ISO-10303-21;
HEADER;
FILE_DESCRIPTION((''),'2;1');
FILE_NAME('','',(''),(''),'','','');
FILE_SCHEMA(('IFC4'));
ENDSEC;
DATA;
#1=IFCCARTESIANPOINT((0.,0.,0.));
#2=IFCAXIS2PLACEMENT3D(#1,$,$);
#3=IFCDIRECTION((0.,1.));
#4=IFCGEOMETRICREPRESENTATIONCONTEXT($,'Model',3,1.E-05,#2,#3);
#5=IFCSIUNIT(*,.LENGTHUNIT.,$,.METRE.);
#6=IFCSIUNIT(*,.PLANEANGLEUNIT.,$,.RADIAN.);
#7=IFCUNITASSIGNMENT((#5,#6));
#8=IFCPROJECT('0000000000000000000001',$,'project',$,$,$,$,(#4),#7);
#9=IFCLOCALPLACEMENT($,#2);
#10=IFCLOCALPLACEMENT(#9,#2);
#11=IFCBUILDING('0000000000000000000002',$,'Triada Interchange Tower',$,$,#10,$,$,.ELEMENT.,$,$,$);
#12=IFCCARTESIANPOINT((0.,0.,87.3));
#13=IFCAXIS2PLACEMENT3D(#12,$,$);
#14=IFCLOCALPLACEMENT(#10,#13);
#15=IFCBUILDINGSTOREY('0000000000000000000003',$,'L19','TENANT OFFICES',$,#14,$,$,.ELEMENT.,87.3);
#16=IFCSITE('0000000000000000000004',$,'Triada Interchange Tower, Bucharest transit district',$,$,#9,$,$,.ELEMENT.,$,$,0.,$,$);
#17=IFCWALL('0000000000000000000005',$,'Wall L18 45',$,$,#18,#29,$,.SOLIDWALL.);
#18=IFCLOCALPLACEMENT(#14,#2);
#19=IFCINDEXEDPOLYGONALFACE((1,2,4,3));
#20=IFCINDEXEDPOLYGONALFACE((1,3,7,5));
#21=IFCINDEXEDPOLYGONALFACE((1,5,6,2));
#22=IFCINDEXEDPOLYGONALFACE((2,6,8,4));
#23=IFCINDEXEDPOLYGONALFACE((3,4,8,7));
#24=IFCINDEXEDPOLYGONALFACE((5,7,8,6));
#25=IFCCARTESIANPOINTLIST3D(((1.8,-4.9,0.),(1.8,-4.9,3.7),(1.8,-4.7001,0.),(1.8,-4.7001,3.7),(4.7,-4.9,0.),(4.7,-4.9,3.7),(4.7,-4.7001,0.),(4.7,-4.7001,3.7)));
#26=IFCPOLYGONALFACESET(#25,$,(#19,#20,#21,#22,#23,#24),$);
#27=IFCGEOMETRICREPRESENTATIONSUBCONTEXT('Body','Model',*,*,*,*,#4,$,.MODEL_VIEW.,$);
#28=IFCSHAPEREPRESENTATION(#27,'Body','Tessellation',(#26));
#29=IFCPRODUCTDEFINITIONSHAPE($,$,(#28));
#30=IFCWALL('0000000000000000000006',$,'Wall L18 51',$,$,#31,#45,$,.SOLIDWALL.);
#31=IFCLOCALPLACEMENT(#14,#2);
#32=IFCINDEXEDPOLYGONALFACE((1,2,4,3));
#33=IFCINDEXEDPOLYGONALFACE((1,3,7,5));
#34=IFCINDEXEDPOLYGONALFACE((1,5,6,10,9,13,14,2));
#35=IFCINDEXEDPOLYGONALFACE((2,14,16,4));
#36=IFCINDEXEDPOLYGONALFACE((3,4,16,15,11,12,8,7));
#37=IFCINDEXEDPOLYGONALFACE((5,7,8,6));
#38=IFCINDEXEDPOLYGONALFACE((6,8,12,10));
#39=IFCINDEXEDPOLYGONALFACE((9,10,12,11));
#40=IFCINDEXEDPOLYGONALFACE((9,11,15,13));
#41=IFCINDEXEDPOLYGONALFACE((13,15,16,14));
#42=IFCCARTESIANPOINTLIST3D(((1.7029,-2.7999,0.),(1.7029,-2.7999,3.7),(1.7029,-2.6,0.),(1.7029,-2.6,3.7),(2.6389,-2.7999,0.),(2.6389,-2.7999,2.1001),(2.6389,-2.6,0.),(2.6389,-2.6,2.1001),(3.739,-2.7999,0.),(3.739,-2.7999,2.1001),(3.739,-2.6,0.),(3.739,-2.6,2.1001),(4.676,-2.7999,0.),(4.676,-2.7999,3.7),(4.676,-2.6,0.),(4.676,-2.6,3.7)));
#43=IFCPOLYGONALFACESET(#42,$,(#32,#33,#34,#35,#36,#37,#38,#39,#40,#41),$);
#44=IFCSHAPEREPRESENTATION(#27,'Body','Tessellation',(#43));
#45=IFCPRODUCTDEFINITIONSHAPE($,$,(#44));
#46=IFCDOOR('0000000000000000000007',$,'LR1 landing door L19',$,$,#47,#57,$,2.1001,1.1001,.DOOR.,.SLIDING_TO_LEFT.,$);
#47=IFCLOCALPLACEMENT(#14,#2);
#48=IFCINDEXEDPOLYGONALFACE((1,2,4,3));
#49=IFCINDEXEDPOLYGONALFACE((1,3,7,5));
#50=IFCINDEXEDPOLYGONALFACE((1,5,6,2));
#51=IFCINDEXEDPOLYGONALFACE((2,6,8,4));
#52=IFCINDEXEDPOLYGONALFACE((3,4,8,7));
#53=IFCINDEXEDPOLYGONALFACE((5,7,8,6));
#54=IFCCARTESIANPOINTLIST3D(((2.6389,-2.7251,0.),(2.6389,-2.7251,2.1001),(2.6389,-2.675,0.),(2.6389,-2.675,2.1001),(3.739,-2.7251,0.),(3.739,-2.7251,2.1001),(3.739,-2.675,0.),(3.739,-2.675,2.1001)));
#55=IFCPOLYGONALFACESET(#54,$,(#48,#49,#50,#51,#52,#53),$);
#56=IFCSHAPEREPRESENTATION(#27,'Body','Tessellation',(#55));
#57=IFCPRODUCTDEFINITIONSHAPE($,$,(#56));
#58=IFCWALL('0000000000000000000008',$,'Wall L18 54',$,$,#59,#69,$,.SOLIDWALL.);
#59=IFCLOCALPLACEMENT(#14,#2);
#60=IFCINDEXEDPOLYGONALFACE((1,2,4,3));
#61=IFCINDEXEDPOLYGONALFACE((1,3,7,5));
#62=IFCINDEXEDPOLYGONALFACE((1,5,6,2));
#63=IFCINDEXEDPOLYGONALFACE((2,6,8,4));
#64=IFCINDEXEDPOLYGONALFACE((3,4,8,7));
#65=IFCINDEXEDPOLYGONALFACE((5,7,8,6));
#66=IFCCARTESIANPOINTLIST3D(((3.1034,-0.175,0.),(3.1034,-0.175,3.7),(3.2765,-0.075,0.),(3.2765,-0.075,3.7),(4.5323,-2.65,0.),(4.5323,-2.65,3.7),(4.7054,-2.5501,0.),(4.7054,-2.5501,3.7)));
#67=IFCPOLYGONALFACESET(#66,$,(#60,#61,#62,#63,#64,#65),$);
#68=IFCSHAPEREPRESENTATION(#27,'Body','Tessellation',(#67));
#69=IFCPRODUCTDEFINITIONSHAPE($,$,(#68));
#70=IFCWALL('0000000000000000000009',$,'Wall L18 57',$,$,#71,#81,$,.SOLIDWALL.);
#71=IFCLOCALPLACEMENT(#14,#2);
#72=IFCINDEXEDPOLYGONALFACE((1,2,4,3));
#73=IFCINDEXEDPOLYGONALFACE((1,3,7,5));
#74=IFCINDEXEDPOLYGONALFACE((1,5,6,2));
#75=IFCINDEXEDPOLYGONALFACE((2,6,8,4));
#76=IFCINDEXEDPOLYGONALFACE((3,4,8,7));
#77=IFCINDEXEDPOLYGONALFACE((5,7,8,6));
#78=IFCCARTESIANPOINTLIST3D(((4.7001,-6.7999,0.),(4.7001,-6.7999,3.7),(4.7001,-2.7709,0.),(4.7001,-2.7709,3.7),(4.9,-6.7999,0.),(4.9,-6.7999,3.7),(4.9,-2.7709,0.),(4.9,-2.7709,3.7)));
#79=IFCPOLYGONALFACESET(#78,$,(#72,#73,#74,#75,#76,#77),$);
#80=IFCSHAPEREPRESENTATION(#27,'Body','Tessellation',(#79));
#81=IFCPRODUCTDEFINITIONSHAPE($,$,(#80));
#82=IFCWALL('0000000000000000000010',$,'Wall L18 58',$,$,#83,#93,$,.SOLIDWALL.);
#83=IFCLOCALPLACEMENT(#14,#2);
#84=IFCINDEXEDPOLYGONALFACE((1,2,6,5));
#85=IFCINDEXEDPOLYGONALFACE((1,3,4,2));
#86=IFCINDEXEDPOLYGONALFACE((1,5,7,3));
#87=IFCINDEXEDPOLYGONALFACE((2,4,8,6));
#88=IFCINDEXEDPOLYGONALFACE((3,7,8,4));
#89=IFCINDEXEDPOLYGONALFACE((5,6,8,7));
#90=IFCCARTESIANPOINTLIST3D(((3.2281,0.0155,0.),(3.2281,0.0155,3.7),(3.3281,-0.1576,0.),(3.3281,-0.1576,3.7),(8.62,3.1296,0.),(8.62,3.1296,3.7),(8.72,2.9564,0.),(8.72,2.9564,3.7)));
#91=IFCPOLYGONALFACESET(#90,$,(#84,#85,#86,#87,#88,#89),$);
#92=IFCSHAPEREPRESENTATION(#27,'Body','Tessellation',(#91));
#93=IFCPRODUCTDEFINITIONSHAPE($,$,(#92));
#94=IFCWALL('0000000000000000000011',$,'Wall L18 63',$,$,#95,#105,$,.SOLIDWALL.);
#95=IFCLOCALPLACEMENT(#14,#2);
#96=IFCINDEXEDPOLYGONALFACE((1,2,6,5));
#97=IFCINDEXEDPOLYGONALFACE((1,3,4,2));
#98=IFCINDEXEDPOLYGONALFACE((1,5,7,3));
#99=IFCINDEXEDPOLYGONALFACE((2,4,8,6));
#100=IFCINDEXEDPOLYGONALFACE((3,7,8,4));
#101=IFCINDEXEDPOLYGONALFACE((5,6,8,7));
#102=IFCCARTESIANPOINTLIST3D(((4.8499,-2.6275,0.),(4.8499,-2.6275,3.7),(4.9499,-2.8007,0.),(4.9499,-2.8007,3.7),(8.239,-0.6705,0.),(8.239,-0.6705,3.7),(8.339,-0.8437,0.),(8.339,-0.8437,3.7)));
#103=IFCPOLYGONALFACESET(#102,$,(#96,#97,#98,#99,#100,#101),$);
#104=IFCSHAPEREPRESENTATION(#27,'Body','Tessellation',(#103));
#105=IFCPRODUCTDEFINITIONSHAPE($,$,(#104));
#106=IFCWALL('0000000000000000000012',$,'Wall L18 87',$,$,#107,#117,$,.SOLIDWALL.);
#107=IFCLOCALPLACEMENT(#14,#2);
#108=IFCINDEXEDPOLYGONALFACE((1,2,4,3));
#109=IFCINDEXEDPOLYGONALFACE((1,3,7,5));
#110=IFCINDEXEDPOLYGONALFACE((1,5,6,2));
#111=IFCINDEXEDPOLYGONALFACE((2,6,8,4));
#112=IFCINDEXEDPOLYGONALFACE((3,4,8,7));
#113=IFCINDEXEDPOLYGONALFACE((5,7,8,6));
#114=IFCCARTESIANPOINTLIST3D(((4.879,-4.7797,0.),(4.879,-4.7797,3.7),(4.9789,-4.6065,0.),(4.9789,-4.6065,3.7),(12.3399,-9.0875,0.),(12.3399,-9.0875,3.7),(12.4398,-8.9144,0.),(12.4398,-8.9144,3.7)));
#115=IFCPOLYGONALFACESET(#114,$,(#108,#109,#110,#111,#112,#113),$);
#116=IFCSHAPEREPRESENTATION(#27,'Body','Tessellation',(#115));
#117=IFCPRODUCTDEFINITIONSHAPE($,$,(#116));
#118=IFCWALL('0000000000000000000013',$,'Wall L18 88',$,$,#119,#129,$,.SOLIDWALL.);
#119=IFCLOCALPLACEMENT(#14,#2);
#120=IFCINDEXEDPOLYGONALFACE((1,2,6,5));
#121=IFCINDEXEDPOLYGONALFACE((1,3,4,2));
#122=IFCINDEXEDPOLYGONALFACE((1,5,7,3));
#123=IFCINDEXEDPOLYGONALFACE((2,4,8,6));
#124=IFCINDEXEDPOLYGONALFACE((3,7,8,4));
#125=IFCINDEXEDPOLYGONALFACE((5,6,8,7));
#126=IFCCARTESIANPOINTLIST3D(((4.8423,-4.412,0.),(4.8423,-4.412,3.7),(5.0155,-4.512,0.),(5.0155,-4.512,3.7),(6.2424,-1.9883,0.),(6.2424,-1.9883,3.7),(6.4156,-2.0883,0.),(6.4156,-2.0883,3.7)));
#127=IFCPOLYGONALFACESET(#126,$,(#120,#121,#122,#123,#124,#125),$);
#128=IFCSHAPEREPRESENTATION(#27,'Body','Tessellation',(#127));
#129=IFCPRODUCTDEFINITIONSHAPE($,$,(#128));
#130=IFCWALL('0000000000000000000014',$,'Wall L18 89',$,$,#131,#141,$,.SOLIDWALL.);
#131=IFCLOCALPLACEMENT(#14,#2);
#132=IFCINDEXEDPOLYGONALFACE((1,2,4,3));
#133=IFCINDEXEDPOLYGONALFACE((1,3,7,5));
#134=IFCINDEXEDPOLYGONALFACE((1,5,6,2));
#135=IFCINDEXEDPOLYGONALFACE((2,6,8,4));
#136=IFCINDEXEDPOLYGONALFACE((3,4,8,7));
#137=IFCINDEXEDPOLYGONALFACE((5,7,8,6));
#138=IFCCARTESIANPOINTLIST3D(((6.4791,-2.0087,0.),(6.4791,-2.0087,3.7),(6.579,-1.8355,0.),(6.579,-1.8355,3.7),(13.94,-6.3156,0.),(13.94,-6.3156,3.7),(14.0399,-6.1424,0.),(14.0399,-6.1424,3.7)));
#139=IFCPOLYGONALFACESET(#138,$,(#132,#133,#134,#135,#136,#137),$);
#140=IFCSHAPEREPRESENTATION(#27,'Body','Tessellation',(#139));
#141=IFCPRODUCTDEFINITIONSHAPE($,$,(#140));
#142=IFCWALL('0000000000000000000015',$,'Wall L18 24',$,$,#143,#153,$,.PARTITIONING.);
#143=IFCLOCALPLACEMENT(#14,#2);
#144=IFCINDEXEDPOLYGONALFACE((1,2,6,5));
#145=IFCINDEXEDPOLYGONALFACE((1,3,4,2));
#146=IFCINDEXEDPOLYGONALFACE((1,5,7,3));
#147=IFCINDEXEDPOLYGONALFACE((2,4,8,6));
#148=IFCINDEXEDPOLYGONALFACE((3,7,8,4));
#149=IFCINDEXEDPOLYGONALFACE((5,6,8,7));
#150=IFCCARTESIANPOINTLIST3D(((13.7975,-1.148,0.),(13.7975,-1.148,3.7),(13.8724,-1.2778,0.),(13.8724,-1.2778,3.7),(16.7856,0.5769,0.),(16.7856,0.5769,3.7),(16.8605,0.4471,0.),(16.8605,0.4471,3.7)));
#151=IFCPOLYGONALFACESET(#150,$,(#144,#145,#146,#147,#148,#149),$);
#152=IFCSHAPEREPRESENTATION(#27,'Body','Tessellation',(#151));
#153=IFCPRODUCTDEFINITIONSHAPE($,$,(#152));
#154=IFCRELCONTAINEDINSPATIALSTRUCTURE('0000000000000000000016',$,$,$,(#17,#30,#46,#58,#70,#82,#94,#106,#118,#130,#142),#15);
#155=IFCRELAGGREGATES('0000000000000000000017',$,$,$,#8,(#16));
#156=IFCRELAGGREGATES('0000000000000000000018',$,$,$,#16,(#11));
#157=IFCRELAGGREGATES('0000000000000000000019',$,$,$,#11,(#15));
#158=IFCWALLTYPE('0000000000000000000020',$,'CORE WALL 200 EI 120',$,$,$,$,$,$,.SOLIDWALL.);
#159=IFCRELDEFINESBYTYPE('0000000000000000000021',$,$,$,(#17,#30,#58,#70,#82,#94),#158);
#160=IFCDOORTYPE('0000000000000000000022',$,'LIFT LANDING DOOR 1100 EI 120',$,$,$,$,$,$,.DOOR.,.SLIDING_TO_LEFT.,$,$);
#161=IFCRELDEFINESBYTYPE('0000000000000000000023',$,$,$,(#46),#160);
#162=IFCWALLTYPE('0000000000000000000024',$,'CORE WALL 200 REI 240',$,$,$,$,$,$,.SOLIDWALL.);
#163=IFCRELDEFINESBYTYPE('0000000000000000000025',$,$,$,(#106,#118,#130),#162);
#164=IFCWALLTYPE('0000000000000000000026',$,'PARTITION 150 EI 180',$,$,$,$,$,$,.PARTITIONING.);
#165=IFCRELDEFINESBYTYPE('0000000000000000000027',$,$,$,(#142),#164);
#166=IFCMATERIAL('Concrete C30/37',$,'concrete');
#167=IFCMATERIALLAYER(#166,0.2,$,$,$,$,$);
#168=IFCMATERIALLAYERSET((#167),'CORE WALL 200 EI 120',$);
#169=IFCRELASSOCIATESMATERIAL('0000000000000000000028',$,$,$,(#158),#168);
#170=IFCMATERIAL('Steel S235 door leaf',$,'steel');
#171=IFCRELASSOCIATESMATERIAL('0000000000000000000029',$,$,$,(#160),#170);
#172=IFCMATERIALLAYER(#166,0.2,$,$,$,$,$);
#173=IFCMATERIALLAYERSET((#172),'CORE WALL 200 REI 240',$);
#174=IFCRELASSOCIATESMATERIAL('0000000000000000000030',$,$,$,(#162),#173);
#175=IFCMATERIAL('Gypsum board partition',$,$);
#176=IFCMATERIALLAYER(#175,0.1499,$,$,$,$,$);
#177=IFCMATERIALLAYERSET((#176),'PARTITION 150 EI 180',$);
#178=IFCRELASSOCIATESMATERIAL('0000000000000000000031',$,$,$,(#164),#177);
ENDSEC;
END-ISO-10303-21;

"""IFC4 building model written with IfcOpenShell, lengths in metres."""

from ifc_helpers import new_model, si_unit, direction, frame, frame_2d, origin, place, context, subcontext, project, spatial, rectangle, extrude, material, layer, layer_set, type_object, element, fill, save


model = new_model("IFC4")

# Units and contexts
model_context = context("Model", 3, precision=1e-05, world=origin(), true_north=direction((0.0, 1.0)))
body_context = subcontext(model_context, "Body", "Model", "MODEL_VIEW")
ifc_project = project(units=[si_unit("LENGTHUNIT", "METRE"), si_unit("PLANEANGLEUNIT", "RADIAN")], contexts=[model_context])

# Site, building, storey
site_placement = place(None, origin())
site = spatial("IfcSite", under=ifc_project, at=site_placement, Name="Triada Interchange Tower, Bucharest transit district", CompositionType="ELEMENT", RefElevation=0.0)
building_placement = place(site_placement, origin())
building = spatial("IfcBuilding", under=site, at=building_placement, Name="Triada Interchange Tower", CompositionType="ELEMENT")
storey_placement = place(building_placement, frame((0.0, 0.0, 87.3)))
storey = spatial("IfcBuildingStorey", under=building, at=storey_placement, Name="L19", Description="TENANT OFFICES", CompositionType="ELEMENT", Elevation=87.3)

# Wall
ifc_material_1 = material(Name="Concrete C30/37", Category="concrete")
ifc_layer_1 = layer(ifc_material_1, 0.2)
ifc_layer_set_1 = layer_set([ifc_layer_1], Name="CORE WALL 200 EI 120")
wall_type_1 = type_object("IfcWallType", Name="CORE WALL 200 EI 120", PredefinedType="SOLIDWALL", material=ifc_layer_set_1)
wall_1_placement = place(storey_placement, frame((1.8, -4.8, 0.0), z_axis=(0.0, 0.0, 1.0), x_axis=(1.0, 0.0, 0.0)))
element("IfcWall", 1, at=wall_1_placement, inside=storey, type_object=wall_type_1, Name="Wall L18 45", PredefinedType="SOLIDWALL", context=body_context, shape_type="SweptSolid", body=[
    extrude(rectangle(XDim=2.8999, YDim=0.2, at=frame_2d((1.45, 0.0))), origin(), (0.0, 0.0, 1.0), 3.7),
])

# Wall, opening, door
wall_2_placement = place(storey_placement, frame((1.7029, -2.7, 0.0), z_axis=(0.0, 0.0, 1.0), x_axis=(1.0, 0.0, 0.0)))
wall_2 = element("IfcWall", 2, at=wall_2_placement, inside=storey, type_object=wall_type_1, Name="Wall L18 51", PredefinedType="SOLIDWALL", context=body_context, shape_type="SweptSolid", body=[
    extrude(rectangle(XDim=2.9731, YDim=0.2, at=frame_2d((1.4866, 0.0))), origin(), (0.0, 0.0, 1.0), 3.7),
])
opening_1_placement = place(wall_2_placement, frame((0.936, 0.0, 0.0)))
opening_1 = element("IfcOpeningElement", 3, at=opening_1_placement, cuts=wall_2, PredefinedType="OPENING", context=body_context, shape_type="SweptSolid", body=[
    extrude(rectangle(XDim=1.1001, YDim=2.1001, at=frame_2d((0.55, 1.05))), frame((0.0, 0.1099, 0.0), z_axis=(0.0, -1.0, 0.0), x_axis=(1.0, 0.0, 0.0)), (0.0, 0.0, 1.0), 0.22),
])
ifc_material_2 = material(Name="Steel S235 door leaf", Category="steel")
door_type_1 = type_object("IfcDoorType", Name="LIFT LANDING DOOR 1100 EI 120", OperationType="SLIDING_TO_LEFT", PredefinedType="DOOR", material=ifc_material_2)
door_1_placement = place(opening_1_placement, origin())
door_1 = element("IfcDoor", 4, at=door_1_placement, inside=storey, type_object=door_type_1, Name="LR1 landing door L19", OperationType="SLIDING_TO_LEFT", OverallHeight=2.1001, OverallWidth=1.1001, PredefinedType="DOOR", context=body_context, shape_type="SweptSolid", body=[
    extrude(rectangle(XDim=1.1001, YDim=2.1001, at=frame_2d((0.55, 1.05))), frame((0.0, 0.0249, 0.0), z_axis=(0.0, -1.0, 0.0), x_axis=(1.0, 0.0, 0.0)), (0.0, 0.0, 1.0), 0.05),
])
fill(opening_1, door_1)

# Walls
wall_3_placement = place(storey_placement, frame((3.1899, -0.125, 0.0), z_axis=(0.0, 0.0, 1.0), x_axis=(0.499989, -0.866032, 0.0)))
element("IfcWall", 5, at=wall_3_placement, inside=storey, type_object=wall_type_1, Name="Wall L18 54", PredefinedType="SOLIDWALL", context=body_context, shape_type="SweptSolid", body=[
    extrude(rectangle(XDim=2.8579, YDim=0.2, at=frame_2d((1.429, 0.0))), origin(), (0.0, 0.0, 1.0), 3.7),
])
wall_4_placement = place(storey_placement, frame((4.8, -6.8, 0.0), z_axis=(0.0, 0.0, 1.0), x_axis=(0.0, 1.0, 0.0)))
element("IfcWall", 6, at=wall_4_placement, inside=storey, type_object=wall_type_1, Name="Wall L18 57", PredefinedType="SOLIDWALL", context=body_context, shape_type="SweptSolid", body=[
    extrude(rectangle(XDim=4.0291, YDim=0.2, at=frame_2d((2.0146, 0.0))), origin(), (0.0, 0.0, 1.0), 3.7),
])
wall_5_placement = place(storey_placement, frame((3.2781, -0.071, 0.0), z_axis=(0.0, 0.0, 1.0), x_axis=(0.865954, 0.500124, 0.0)))
element("IfcWall", 7, at=wall_5_placement, inside=storey, type_object=wall_type_1, Name="Wall L18 58", PredefinedType="SOLIDWALL", context=body_context, shape_type="SweptSolid", body=[
    extrude(rectangle(XDim=6.2266, YDim=0.2, at=frame_2d((3.1133, 0.0))), origin(), (0.0, 0.0, 1.0), 3.7),
])
wall_6_placement = place(storey_placement, frame((4.8999, -2.7141, 0.0), z_axis=(0.0, 0.0, 1.0), x_axis=(0.865992, 0.500057, 0.0)))
element("IfcWall", 8, at=wall_6_placement, inside=storey, type_object=wall_type_1, Name="Wall L18 63", PredefinedType="SOLIDWALL", context=body_context, shape_type="SweptSolid", body=[
    extrude(rectangle(XDim=3.9136, YDim=0.2, at=frame_2d((1.9568, 0.0))), origin(), (0.0, 0.0, 1.0), 3.7),
])
ifc_layer_2 = layer(ifc_material_1, 0.2)
ifc_layer_set_2 = layer_set([ifc_layer_2], Name="CORE WALL 200 REI 240")
wall_type_2 = type_object("IfcWallType", Name="CORE WALL 200 REI 240", PredefinedType="SOLIDWALL", material=ifc_layer_set_2)
wall_7_placement = place(storey_placement, frame((4.929, -4.6931, 0.0), z_axis=(0.0, 0.0, 1.0), x_axis=(0.866011, -0.500025, 0.0)))
element("IfcWall", 9, at=wall_7_placement, inside=storey, type_object=wall_type_2, Name="Wall L18 87", PredefinedType="SOLIDWALL", context=body_context, shape_type="SweptSolid", body=[
    extrude(rectangle(XDim=8.6152, YDim=0.2, at=frame_2d((4.3076, 0.0))), origin(), (0.0, 0.0, 1.0), 3.7),
])
wall_8_placement = place(storey_placement, frame((4.929, -4.4619, 0.0), z_axis=(0.0, 0.0, 1.0), x_axis=(0.500201, 0.86591, 0.0)))
element("IfcWall", 10, at=wall_8_placement, inside=storey, type_object=wall_type_2, Name="Wall L18 88", PredefinedType="SOLIDWALL", context=body_context, shape_type="SweptSolid", body=[
    extrude(rectangle(XDim=2.7991, YDim=0.2, at=frame_2d((1.3994, 0.0))), origin(), (0.0, 0.0, 1.0), 3.7),
])
wall_9_placement = place(storey_placement, frame((6.5291, -1.9221, 0.0), z_axis=(0.0, 0.0, 1.0), x_axis=(0.86606, -0.49994, 0.0)))
element("IfcWall", 11, at=wall_9_placement, inside=storey, type_object=wall_type_2, Name="Wall L18 89", PredefinedType="SOLIDWALL", context=body_context, shape_type="SweptSolid", body=[
    extrude(rectangle(XDim=8.6147, YDim=0.2, at=frame_2d((4.3074, 0.0))), origin(), (0.0, 0.0, 1.0), 3.7),
])

# Wall
ifc_material_3 = material(Name="Gypsum board partition")
ifc_layer_3 = layer(ifc_material_3, 0.1499)
ifc_layer_set_3 = layer_set([ifc_layer_3], Name="PARTITION 150 EI 180")
wall_type_3 = type_object("IfcWallType", Name="PARTITION 150 EI 180", PredefinedType="PARTITIONING", material=ifc_layer_set_3)
wall_10_placement = place(storey_placement, frame((13.835, -1.2129, 0.0), z_axis=(0.0, 0.0, 1.0), x_axis=(0.866062, 0.499937, 0.0)))
element("IfcWall", 12, at=wall_10_placement, inside=storey, type_object=wall_type_3, Name="Wall L18 24", PredefinedType="PARTITIONING", context=body_context, shape_type="SweptSolid", body=[
    extrude(rectangle(XDim=3.4502, YDim=0.1499, at=frame_2d((1.7251, 0.0))), origin(), (0.0, 0.0, 1.0), 3.7),
])

save(model, "model.ifc")
